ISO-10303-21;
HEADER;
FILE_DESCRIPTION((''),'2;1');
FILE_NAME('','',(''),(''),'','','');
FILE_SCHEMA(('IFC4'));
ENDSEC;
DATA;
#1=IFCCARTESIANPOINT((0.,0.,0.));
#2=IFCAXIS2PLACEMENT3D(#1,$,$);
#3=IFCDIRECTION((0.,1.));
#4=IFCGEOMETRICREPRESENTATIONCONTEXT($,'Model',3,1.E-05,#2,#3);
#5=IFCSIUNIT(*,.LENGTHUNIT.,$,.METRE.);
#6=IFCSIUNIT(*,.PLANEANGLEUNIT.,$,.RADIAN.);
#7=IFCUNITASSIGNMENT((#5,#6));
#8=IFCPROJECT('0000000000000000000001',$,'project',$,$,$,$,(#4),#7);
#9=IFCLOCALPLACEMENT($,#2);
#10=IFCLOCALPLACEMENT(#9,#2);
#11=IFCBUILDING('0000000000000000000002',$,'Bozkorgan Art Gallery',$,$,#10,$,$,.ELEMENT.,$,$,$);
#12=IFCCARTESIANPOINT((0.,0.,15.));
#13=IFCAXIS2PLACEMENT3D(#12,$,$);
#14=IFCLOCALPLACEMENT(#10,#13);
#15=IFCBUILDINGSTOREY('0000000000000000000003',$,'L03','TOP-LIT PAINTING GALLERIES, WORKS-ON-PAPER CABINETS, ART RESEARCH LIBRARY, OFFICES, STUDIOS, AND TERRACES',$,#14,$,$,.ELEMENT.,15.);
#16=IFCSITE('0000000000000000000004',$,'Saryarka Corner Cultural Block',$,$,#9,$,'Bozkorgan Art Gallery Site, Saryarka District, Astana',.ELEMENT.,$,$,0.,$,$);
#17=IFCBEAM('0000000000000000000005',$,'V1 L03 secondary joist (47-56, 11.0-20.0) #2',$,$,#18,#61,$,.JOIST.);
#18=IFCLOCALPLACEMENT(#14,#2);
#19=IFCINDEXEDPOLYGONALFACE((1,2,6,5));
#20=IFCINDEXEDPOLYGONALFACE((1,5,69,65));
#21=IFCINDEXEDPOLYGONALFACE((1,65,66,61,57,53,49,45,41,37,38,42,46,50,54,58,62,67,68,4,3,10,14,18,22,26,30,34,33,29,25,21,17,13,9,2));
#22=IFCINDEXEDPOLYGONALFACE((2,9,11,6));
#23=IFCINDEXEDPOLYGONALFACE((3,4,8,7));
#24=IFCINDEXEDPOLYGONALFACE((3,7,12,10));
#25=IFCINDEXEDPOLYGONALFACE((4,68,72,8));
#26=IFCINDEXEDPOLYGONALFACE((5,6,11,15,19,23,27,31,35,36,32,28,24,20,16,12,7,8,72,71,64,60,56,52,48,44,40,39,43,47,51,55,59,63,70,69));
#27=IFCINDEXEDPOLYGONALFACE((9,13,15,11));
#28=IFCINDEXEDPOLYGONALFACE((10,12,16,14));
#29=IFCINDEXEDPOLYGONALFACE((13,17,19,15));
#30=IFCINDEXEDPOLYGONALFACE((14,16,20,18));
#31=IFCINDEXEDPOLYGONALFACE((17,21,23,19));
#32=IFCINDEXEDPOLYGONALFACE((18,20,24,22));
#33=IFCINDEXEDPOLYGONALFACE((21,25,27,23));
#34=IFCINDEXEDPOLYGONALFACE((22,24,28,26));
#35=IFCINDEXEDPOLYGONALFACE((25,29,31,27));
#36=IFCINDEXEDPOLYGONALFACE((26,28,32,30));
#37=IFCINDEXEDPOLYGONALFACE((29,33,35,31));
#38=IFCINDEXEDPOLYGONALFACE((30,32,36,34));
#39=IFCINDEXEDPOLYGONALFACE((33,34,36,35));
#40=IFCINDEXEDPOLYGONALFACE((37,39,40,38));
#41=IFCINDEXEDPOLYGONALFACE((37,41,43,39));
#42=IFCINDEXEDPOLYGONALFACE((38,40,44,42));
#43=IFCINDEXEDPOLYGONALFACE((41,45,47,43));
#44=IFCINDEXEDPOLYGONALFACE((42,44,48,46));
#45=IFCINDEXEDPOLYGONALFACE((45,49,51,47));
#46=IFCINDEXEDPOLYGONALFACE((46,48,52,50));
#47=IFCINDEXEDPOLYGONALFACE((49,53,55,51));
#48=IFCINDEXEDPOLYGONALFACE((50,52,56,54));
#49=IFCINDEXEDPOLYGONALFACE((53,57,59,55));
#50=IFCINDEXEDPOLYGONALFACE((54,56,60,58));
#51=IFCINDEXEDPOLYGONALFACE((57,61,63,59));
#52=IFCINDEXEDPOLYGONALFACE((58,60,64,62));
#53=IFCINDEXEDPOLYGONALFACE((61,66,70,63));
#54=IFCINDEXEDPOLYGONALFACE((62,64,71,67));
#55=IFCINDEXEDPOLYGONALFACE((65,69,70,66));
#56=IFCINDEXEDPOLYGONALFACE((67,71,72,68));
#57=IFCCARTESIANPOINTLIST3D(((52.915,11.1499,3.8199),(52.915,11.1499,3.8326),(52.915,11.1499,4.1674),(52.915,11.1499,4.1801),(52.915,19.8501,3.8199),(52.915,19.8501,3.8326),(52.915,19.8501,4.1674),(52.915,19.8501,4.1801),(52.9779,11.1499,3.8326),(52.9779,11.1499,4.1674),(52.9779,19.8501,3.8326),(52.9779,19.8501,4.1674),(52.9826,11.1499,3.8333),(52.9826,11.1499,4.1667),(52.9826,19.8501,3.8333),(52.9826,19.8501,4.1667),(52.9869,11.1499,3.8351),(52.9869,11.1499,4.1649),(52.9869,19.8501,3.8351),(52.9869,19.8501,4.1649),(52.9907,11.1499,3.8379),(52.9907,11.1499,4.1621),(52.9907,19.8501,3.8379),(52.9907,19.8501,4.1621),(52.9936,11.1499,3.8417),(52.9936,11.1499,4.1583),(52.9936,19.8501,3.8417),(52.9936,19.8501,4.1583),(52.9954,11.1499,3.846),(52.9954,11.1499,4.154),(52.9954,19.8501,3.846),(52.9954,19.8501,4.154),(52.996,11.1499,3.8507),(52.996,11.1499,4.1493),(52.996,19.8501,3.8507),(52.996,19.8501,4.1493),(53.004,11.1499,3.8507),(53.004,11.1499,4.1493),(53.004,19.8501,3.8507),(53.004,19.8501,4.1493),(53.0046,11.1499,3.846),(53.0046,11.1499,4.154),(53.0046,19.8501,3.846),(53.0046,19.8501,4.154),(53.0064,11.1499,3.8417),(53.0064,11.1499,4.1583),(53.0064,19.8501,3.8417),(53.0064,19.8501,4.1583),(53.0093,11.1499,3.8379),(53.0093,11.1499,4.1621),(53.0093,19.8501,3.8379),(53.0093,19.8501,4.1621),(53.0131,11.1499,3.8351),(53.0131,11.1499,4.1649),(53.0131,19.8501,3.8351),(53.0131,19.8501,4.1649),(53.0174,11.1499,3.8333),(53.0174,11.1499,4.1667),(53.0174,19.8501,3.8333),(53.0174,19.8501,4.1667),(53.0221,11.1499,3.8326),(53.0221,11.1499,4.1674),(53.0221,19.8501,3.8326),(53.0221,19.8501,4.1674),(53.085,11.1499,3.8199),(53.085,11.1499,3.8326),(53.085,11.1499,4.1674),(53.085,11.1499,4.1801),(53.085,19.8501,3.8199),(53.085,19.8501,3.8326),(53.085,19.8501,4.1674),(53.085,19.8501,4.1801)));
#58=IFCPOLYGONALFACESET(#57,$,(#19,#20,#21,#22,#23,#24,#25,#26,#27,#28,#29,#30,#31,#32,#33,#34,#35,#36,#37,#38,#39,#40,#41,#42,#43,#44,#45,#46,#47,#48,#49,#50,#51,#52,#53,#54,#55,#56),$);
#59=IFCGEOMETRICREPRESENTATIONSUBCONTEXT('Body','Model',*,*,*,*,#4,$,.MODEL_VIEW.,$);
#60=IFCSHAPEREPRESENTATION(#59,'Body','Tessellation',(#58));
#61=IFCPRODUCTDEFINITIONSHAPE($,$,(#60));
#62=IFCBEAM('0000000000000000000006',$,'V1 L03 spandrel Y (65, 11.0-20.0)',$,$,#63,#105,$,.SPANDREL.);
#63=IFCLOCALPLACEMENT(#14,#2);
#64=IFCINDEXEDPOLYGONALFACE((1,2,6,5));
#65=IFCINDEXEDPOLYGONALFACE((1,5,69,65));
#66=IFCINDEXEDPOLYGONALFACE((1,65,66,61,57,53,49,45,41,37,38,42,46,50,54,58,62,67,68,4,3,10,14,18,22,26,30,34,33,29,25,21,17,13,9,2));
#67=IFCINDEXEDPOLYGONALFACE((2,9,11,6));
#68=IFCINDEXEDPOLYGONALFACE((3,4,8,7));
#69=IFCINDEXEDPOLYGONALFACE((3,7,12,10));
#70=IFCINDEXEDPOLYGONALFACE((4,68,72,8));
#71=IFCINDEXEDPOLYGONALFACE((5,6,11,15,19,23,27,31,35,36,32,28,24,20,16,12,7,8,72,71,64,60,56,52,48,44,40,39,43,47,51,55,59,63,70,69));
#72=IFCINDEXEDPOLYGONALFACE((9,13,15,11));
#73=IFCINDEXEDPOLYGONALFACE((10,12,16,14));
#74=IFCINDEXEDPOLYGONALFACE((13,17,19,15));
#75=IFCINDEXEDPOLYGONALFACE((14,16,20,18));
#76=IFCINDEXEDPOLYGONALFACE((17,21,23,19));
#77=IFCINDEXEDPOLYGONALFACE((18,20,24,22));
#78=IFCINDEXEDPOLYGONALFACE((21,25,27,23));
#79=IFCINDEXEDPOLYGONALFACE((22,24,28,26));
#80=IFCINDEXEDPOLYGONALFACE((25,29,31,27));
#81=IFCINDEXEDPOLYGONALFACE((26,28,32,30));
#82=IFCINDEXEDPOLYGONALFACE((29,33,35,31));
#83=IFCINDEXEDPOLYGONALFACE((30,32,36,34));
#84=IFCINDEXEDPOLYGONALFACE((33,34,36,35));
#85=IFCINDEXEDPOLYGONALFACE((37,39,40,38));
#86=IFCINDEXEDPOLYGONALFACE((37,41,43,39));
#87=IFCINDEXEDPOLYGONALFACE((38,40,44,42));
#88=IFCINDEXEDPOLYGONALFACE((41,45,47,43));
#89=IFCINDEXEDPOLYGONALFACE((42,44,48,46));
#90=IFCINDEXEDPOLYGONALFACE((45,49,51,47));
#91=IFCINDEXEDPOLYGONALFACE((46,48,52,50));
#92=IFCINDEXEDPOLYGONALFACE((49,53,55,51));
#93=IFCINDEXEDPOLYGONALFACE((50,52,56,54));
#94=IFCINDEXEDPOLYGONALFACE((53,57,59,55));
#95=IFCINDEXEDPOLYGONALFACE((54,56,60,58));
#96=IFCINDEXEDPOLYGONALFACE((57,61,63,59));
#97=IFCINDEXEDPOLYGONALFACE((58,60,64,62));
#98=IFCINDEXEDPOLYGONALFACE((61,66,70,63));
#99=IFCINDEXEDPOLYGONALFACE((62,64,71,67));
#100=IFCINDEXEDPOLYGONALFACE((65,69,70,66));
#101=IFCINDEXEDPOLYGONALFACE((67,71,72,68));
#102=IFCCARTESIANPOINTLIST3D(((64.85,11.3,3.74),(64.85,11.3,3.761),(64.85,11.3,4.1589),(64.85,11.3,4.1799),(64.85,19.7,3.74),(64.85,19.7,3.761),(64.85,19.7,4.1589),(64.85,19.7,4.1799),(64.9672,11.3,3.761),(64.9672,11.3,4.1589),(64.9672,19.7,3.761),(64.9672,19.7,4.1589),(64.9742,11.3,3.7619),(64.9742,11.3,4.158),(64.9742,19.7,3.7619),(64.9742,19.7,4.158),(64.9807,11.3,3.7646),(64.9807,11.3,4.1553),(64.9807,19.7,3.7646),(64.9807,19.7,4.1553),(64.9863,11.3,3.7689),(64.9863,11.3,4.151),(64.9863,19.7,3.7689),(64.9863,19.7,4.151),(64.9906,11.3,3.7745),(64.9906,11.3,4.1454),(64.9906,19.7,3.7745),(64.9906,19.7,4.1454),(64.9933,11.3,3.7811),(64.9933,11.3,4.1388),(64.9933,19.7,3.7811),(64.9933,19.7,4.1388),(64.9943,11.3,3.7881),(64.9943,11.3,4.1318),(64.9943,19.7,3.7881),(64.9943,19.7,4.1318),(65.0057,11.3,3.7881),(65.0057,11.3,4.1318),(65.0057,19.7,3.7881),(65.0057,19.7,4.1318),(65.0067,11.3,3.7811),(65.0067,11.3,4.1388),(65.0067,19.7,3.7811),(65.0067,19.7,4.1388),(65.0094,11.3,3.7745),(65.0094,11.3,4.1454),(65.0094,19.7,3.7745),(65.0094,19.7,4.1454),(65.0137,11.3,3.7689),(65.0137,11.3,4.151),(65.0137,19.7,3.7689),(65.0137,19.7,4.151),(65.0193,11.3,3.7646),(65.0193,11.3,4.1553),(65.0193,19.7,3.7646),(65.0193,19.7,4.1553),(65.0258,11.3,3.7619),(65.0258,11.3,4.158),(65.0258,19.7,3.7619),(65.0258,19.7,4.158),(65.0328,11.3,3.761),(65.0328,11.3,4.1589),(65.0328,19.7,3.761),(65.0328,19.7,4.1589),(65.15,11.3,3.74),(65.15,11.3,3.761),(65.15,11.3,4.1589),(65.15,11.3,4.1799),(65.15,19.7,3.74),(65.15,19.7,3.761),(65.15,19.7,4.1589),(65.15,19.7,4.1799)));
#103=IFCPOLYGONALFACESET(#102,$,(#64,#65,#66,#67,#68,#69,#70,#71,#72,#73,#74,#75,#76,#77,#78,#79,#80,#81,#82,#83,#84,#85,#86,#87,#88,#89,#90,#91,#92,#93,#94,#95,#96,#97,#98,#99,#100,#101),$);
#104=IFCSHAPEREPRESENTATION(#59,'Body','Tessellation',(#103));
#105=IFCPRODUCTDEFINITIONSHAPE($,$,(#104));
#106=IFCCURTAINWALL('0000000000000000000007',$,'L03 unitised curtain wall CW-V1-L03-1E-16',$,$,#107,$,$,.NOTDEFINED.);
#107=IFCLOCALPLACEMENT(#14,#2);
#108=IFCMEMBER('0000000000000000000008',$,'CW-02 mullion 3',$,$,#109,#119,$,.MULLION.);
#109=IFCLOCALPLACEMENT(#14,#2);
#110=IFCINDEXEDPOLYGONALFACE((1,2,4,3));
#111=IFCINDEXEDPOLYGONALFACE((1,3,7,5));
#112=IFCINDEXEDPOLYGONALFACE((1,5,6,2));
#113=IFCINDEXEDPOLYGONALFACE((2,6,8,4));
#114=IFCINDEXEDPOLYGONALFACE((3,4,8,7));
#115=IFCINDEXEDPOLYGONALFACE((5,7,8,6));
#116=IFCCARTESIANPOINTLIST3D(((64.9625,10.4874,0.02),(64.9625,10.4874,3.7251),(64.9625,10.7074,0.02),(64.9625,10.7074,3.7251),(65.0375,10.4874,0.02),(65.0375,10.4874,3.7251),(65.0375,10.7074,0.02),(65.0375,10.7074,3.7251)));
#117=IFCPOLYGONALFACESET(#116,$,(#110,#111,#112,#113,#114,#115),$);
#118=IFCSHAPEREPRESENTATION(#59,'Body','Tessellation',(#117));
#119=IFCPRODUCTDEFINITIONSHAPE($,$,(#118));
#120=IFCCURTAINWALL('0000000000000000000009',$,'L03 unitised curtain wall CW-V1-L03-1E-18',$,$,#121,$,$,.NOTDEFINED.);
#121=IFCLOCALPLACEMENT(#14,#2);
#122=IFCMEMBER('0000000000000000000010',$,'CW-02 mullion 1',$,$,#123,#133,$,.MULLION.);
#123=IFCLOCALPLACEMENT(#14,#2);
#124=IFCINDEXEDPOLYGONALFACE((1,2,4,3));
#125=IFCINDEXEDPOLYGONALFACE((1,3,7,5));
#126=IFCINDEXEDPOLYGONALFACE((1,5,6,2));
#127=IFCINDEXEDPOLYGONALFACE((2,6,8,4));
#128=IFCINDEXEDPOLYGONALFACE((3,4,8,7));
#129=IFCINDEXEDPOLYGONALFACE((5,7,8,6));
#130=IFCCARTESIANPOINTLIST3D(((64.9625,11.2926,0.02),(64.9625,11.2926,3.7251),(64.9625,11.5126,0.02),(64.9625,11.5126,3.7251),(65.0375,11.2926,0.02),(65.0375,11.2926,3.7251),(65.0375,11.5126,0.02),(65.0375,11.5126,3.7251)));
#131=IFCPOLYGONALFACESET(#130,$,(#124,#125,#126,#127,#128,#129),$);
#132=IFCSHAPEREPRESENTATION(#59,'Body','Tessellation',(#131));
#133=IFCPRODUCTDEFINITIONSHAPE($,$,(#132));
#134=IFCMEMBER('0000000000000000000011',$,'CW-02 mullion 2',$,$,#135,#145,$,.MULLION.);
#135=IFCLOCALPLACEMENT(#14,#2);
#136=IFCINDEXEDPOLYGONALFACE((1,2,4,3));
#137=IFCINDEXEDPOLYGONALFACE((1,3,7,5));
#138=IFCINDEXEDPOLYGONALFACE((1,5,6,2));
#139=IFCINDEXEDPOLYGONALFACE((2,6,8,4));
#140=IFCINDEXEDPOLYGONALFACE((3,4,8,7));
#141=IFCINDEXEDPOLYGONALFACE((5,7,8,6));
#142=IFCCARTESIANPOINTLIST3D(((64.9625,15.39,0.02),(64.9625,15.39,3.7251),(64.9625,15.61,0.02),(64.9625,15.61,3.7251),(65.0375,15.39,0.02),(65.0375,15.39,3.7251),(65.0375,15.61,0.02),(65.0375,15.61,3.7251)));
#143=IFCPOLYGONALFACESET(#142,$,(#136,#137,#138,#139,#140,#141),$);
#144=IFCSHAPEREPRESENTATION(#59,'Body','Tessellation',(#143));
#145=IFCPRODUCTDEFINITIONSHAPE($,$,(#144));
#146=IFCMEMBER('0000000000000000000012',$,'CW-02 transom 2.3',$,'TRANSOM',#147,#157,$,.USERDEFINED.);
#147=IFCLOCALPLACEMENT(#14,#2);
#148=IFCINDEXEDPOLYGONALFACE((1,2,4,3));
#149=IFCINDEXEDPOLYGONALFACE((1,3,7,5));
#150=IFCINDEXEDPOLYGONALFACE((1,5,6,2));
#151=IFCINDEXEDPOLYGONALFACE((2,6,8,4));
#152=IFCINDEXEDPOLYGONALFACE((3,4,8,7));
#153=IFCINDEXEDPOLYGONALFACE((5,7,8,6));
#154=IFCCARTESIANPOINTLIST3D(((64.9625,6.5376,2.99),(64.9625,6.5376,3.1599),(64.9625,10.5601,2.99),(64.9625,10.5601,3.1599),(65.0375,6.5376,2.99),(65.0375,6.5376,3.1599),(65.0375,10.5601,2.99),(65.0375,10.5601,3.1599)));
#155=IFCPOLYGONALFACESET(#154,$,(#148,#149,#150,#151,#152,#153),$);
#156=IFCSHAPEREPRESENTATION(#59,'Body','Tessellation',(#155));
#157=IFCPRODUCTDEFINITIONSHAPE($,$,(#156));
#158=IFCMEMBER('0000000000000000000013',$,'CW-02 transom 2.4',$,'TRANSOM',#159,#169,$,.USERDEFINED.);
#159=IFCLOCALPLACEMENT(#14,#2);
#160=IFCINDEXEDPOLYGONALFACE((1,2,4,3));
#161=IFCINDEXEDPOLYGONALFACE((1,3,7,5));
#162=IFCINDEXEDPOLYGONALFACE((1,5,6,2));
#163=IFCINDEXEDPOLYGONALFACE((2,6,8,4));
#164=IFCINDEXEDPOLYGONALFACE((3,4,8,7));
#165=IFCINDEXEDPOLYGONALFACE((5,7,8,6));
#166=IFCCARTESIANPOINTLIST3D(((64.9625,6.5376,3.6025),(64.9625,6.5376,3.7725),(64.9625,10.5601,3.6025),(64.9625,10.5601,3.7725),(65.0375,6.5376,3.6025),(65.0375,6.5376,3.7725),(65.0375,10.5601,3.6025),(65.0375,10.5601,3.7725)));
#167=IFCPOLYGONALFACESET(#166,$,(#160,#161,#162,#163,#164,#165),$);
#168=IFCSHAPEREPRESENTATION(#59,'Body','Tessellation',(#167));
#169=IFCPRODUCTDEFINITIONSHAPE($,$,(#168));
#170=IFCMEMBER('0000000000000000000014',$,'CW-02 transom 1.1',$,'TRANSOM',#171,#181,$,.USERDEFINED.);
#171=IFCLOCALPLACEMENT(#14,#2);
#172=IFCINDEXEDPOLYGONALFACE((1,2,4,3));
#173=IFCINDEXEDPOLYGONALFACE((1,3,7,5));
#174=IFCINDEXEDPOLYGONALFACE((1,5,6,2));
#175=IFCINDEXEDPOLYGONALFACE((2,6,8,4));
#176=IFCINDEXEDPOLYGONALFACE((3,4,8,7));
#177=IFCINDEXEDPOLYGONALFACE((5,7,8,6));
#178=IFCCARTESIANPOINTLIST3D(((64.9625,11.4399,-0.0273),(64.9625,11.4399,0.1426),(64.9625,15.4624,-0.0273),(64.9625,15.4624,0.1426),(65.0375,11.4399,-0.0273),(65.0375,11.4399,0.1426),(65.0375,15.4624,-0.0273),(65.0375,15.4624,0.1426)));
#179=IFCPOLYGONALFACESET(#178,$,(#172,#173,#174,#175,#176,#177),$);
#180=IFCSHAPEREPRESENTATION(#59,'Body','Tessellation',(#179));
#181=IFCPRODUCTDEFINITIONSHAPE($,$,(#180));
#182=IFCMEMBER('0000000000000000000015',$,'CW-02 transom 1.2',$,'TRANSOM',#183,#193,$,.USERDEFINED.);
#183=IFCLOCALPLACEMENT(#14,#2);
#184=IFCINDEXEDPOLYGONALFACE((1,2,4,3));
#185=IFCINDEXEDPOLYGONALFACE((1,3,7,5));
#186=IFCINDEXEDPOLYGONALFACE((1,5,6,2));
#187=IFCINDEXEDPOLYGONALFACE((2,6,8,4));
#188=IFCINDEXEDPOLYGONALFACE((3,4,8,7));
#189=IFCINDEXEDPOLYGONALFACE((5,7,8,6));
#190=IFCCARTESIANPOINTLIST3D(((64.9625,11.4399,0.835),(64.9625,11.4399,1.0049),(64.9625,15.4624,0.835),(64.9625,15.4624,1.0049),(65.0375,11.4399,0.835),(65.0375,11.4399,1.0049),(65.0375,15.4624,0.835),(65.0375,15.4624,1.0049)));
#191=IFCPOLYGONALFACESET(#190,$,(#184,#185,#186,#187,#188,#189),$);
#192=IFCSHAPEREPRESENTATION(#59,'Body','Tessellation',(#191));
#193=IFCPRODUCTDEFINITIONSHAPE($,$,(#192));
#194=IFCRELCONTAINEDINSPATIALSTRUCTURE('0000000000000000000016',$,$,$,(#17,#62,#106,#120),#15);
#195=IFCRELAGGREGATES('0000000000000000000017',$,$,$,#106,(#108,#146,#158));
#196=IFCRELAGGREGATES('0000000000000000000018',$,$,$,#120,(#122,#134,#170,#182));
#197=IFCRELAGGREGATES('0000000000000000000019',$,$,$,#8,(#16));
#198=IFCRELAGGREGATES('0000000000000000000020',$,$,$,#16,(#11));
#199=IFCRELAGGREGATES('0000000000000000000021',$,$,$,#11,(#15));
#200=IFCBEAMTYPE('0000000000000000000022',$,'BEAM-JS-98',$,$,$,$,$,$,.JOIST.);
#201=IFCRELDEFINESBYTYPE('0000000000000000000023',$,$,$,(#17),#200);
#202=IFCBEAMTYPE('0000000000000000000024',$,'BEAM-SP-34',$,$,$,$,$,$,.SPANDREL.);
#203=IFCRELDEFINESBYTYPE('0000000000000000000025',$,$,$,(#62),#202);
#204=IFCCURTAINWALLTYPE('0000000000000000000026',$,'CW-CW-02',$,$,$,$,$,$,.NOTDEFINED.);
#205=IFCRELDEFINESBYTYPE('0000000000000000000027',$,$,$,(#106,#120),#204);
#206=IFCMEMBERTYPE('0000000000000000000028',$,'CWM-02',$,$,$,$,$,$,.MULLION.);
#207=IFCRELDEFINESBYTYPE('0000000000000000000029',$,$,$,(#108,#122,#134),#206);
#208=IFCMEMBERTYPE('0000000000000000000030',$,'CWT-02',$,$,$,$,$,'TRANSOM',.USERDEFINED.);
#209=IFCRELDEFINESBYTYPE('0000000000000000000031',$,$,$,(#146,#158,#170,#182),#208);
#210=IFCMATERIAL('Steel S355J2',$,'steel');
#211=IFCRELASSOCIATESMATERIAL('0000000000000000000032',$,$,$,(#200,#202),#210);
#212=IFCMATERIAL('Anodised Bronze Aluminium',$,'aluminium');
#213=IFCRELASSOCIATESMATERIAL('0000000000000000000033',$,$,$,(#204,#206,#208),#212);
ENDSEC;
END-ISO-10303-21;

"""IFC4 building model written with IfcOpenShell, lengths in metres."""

from ifc_helpers import new_model, si_unit, direction, frame, origin, origin_2d, place, context, subcontext, project, spatial, rectangle, i_section, extrude, material, material_profile, profile_set, type_object, element, aggregate, save


model = new_model("IFC4")

# Units and contexts
model_context = context("Model", 3, precision=1e-05, world=origin(), true_north=direction((0.0, 1.0)))
body_context = subcontext(model_context, "Body", "Model", "MODEL_VIEW")
ifc_project = project(units=[si_unit("LENGTHUNIT", "METRE"), si_unit("PLANEANGLEUNIT", "RADIAN")], contexts=[model_context])

# Site, building, storey
site_placement = place(None, origin())
site = spatial("IfcSite", under=ifc_project, at=site_placement, Name="Saryarka Corner Cultural Block", LongName="Bozkorgan Art Gallery Site, Saryarka District, Astana", CompositionType="ELEMENT", RefElevation=0.0)
building_placement = place(site_placement, origin())
building = spatial("IfcBuilding", under=site, at=building_placement, Name="Bozkorgan Art Gallery", CompositionType="ELEMENT")
storey_placement = place(building_placement, frame((0.0, 0.0, 15.0)))
storey = spatial("IfcBuildingStorey", under=building, at=storey_placement, Name="L03", Description="TOP-LIT PAINTING GALLERIES, WORKS-ON-PAPER CABINETS, ART RESEARCH LIBRARY, OFFICES, STUDIOS, AND TERRACES", CompositionType="ELEMENT", Elevation=15.0)

# Beams
ifc_material_1 = material(Name="Steel S355J2", Category="steel")
ifc_material_profile_1 = material_profile(ifc_material_1, i_section(OverallWidth=0.1699, OverallDepth=0.3601, WebThickness=0.0081, FlangeThickness=0.0127, FilletRadius=0.0181, at=origin_2d()), Name="IPE 360")
ifc_profile_set_1 = profile_set([ifc_material_profile_1], Name="Steel S355J2")
beam_type_1 = type_object("IfcBeamType", Name="BEAM-JS-98", PredefinedType="JOIST", material=ifc_profile_set_1)
for number, where, z_axis, x_axis, name in (
    (1, (53.0, 11.1499, 4.0), (0.0, 1.0, 0.0), (-1.0, 0.0, 0.0), "V1 L03 secondary joist (47-56, 11.0-20.0) #2"),
):
    element("IfcBeam", number, at=place(storey_placement, frame(where, z_axis=z_axis, x_axis=x_axis)), inside=storey, type_object=beam_type_1, Name=name, PredefinedType="JOIST", context=body_context, shape_type="SweptSolid", body=[
        extrude(i_section(OverallWidth=0.1699, OverallDepth=0.3601, WebThickness=0.0081, FlangeThickness=0.0127, FilletRadius=0.0181, at=origin_2d()), origin(), (0.0, 0.0, 1.0), 8.7002),
    ])
ifc_material_profile_2 = material_profile(ifc_material_1, i_section(OverallWidth=0.3, OverallDepth=0.4399, WebThickness=0.0115, FlangeThickness=0.021, FilletRadius=0.0271, at=origin_2d()), Name="HEA 450")
ifc_profile_set_2 = profile_set([ifc_material_profile_2], Name="Steel S355J2")
beam_type_2 = type_object("IfcBeamType", Name="BEAM-SP-34", PredefinedType="SPANDREL", material=ifc_profile_set_2)
beam_1_placement = place(storey_placement, frame((65.0, 11.3, 3.96), z_axis=(0.0, 1.0, 0.0), x_axis=(-1.0, 0.0, 0.0)))
element("IfcBeam", 2, at=beam_1_placement, inside=storey, type_object=beam_type_2, Name="V1 L03 spandrel Y (65, 11.0-20.0)", PredefinedType="SPANDREL", context=body_context, shape_type="SweptSolid", body=[
    extrude(i_section(OverallWidth=0.3, OverallDepth=0.4399, WebThickness=0.0115, FlangeThickness=0.021, FilletRadius=0.0271, at=origin_2d()), origin(), (0.0, 0.0, 1.0), 8.3999),
])

# Curtain wall, member
ifc_material_2 = material(Name="Anodised Bronze Aluminium", Category="aluminium")
curtain_wall_type = type_object("IfcCurtainWallType", Name="CW-CW-02", PredefinedType="NOTDEFINED", material=ifc_material_2)
curtain_wall_1_placement = place(storey_placement, origin())
curtain_wall_1 = element("IfcCurtainWall", 3, at=curtain_wall_1_placement, inside=storey, type_object=curtain_wall_type, Name="L03 unitised curtain wall CW-V1-L03-1E-16", PredefinedType="NOTDEFINED")
ifc_material_profile_3 = material_profile(ifc_material_2, rectangle(XDim=0.075, YDim=0.22, at=origin_2d()), Name="ALU MULLION 75x220")
ifc_profile_set_3 = profile_set([ifc_material_profile_3], Name="Anodised Bronze Aluminium")
member_type_1 = type_object("IfcMemberType", Name="CWM-02", PredefinedType="MULLION", material=ifc_profile_set_3)
member_1_placement = place(storey_placement, frame((65.0, 10.5974, 0.02), z_axis=(0.0, 0.0, 1.0), x_axis=(-1.0, 0.0, 0.0)))
member_1 = element("IfcMember", 4, at=member_1_placement, type_object=member_type_1, Name="CW-02 mullion 3", PredefinedType="MULLION", context=body_context, shape_type="SweptSolid", body=[
    extrude(rectangle(XDim=0.075, YDim=0.22, at=origin_2d()), origin(), (0.0, 0.0, 1.0), 3.7051),
])

# Curtain wall, members
curtain_wall_2_placement = place(storey_placement, origin())
curtain_wall_2 = element("IfcCurtainWall", 5, at=curtain_wall_2_placement, inside=storey, type_object=curtain_wall_type, Name="L03 unitised curtain wall CW-V1-L03-1E-18", PredefinedType="NOTDEFINED")
member_2_placement = place(storey_placement, frame((65.0, 11.4026, 0.02), z_axis=(0.0, 0.0, 1.0), x_axis=(-1.0, 0.0, 0.0)))
member_2 = element("IfcMember", 6, at=member_2_placement, type_object=member_type_1, Name="CW-02 mullion 1", PredefinedType="MULLION", context=body_context, shape_type="SweptSolid", body=[
    extrude(rectangle(XDim=0.075, YDim=0.22, at=origin_2d()), origin(), (0.0, 0.0, 1.0), 3.7051),
])
member_3_placement = place(storey_placement, frame((65.0, 15.5, 0.02), z_axis=(0.0, 0.0, 1.0), x_axis=(-1.0, 0.0, 0.0)))
member_3 = element("IfcMember", 7, at=member_3_placement, type_object=member_type_1, Name="CW-02 mullion 2", PredefinedType="MULLION", context=body_context, shape_type="SweptSolid", body=[
    extrude(rectangle(XDim=0.075, YDim=0.22, at=origin_2d()), origin(), (0.0, 0.0, 1.0), 3.7051),
])

# Members
ifc_material_profile_4 = material_profile(ifc_material_2, rectangle(XDim=0.075, YDim=0.1699, at=origin_2d()), Name="ALU TRANSOM 75x170")
ifc_profile_set_4 = profile_set([ifc_material_profile_4], Name="Anodised Bronze Aluminium")
member_type_2 = type_object("IfcMemberType", Name="CWT-02", ElementType="TRANSOM", PredefinedType="USERDEFINED", material=ifc_profile_set_4)
member_4_placement = place(storey_placement, frame((65.0, 6.5376, 3.075), z_axis=(0.0, 1.0, 0.0), x_axis=(-1.0, 0.0, 0.0)))
member_4 = element("IfcMember", 8, at=member_4_placement, type_object=member_type_2, Name="CW-02 transom 2.3", ObjectType="TRANSOM", PredefinedType="USERDEFINED", context=body_context, shape_type="SweptSolid", body=[
    extrude(rectangle(XDim=0.075, YDim=0.1699, at=origin_2d()), origin(), (0.0, 0.0, 1.0), 4.0225),
])
member_5_placement = place(storey_placement, frame((65.0, 6.5376, 3.6875), z_axis=(0.0, 1.0, 0.0), x_axis=(-1.0, 0.0, 0.0)))
member_5 = element("IfcMember", 9, at=member_5_placement, type_object=member_type_2, Name="CW-02 transom 2.4", ObjectType="TRANSOM", PredefinedType="USERDEFINED", context=body_context, shape_type="SweptSolid", body=[
    extrude(rectangle(XDim=0.075, YDim=0.1699, at=origin_2d()), origin(), (0.0, 0.0, 1.0), 4.0225),
])
member_6_placement = place(storey_placement, frame((65.0, 11.4399, 0.0576), z_axis=(0.0, 1.0, 0.0), x_axis=(-1.0, 0.0, 0.0)))
member_6 = element("IfcMember", 10, at=member_6_placement, type_object=member_type_2, Name="CW-02 transom 1.1", ObjectType="TRANSOM", PredefinedType="USERDEFINED", context=body_context, shape_type="SweptSolid", body=[
    extrude(rectangle(XDim=0.075, YDim=0.1699, at=origin_2d()), origin(), (0.0, 0.0, 1.0), 4.0225),
])
member_7_placement = place(storey_placement, frame((65.0, 11.4399, 0.9199), z_axis=(0.0, 1.0, 0.0), x_axis=(-1.0, 0.0, 0.0)))
member_7 = element("IfcMember", 11, at=member_7_placement, type_object=member_type_2, Name="CW-02 transom 1.2", ObjectType="TRANSOM", PredefinedType="USERDEFINED", context=body_context, shape_type="SweptSolid", body=[
    extrude(rectangle(XDim=0.075, YDim=0.1699, at=origin_2d()), origin(), (0.0, 0.0, 1.0), 4.0225),
])

aggregate(curtain_wall_1, [member_1, member_4, member_5])
aggregate(curtain_wall_2, [member_2, member_3, member_6, member_7])

save(model, "model.ifc")
